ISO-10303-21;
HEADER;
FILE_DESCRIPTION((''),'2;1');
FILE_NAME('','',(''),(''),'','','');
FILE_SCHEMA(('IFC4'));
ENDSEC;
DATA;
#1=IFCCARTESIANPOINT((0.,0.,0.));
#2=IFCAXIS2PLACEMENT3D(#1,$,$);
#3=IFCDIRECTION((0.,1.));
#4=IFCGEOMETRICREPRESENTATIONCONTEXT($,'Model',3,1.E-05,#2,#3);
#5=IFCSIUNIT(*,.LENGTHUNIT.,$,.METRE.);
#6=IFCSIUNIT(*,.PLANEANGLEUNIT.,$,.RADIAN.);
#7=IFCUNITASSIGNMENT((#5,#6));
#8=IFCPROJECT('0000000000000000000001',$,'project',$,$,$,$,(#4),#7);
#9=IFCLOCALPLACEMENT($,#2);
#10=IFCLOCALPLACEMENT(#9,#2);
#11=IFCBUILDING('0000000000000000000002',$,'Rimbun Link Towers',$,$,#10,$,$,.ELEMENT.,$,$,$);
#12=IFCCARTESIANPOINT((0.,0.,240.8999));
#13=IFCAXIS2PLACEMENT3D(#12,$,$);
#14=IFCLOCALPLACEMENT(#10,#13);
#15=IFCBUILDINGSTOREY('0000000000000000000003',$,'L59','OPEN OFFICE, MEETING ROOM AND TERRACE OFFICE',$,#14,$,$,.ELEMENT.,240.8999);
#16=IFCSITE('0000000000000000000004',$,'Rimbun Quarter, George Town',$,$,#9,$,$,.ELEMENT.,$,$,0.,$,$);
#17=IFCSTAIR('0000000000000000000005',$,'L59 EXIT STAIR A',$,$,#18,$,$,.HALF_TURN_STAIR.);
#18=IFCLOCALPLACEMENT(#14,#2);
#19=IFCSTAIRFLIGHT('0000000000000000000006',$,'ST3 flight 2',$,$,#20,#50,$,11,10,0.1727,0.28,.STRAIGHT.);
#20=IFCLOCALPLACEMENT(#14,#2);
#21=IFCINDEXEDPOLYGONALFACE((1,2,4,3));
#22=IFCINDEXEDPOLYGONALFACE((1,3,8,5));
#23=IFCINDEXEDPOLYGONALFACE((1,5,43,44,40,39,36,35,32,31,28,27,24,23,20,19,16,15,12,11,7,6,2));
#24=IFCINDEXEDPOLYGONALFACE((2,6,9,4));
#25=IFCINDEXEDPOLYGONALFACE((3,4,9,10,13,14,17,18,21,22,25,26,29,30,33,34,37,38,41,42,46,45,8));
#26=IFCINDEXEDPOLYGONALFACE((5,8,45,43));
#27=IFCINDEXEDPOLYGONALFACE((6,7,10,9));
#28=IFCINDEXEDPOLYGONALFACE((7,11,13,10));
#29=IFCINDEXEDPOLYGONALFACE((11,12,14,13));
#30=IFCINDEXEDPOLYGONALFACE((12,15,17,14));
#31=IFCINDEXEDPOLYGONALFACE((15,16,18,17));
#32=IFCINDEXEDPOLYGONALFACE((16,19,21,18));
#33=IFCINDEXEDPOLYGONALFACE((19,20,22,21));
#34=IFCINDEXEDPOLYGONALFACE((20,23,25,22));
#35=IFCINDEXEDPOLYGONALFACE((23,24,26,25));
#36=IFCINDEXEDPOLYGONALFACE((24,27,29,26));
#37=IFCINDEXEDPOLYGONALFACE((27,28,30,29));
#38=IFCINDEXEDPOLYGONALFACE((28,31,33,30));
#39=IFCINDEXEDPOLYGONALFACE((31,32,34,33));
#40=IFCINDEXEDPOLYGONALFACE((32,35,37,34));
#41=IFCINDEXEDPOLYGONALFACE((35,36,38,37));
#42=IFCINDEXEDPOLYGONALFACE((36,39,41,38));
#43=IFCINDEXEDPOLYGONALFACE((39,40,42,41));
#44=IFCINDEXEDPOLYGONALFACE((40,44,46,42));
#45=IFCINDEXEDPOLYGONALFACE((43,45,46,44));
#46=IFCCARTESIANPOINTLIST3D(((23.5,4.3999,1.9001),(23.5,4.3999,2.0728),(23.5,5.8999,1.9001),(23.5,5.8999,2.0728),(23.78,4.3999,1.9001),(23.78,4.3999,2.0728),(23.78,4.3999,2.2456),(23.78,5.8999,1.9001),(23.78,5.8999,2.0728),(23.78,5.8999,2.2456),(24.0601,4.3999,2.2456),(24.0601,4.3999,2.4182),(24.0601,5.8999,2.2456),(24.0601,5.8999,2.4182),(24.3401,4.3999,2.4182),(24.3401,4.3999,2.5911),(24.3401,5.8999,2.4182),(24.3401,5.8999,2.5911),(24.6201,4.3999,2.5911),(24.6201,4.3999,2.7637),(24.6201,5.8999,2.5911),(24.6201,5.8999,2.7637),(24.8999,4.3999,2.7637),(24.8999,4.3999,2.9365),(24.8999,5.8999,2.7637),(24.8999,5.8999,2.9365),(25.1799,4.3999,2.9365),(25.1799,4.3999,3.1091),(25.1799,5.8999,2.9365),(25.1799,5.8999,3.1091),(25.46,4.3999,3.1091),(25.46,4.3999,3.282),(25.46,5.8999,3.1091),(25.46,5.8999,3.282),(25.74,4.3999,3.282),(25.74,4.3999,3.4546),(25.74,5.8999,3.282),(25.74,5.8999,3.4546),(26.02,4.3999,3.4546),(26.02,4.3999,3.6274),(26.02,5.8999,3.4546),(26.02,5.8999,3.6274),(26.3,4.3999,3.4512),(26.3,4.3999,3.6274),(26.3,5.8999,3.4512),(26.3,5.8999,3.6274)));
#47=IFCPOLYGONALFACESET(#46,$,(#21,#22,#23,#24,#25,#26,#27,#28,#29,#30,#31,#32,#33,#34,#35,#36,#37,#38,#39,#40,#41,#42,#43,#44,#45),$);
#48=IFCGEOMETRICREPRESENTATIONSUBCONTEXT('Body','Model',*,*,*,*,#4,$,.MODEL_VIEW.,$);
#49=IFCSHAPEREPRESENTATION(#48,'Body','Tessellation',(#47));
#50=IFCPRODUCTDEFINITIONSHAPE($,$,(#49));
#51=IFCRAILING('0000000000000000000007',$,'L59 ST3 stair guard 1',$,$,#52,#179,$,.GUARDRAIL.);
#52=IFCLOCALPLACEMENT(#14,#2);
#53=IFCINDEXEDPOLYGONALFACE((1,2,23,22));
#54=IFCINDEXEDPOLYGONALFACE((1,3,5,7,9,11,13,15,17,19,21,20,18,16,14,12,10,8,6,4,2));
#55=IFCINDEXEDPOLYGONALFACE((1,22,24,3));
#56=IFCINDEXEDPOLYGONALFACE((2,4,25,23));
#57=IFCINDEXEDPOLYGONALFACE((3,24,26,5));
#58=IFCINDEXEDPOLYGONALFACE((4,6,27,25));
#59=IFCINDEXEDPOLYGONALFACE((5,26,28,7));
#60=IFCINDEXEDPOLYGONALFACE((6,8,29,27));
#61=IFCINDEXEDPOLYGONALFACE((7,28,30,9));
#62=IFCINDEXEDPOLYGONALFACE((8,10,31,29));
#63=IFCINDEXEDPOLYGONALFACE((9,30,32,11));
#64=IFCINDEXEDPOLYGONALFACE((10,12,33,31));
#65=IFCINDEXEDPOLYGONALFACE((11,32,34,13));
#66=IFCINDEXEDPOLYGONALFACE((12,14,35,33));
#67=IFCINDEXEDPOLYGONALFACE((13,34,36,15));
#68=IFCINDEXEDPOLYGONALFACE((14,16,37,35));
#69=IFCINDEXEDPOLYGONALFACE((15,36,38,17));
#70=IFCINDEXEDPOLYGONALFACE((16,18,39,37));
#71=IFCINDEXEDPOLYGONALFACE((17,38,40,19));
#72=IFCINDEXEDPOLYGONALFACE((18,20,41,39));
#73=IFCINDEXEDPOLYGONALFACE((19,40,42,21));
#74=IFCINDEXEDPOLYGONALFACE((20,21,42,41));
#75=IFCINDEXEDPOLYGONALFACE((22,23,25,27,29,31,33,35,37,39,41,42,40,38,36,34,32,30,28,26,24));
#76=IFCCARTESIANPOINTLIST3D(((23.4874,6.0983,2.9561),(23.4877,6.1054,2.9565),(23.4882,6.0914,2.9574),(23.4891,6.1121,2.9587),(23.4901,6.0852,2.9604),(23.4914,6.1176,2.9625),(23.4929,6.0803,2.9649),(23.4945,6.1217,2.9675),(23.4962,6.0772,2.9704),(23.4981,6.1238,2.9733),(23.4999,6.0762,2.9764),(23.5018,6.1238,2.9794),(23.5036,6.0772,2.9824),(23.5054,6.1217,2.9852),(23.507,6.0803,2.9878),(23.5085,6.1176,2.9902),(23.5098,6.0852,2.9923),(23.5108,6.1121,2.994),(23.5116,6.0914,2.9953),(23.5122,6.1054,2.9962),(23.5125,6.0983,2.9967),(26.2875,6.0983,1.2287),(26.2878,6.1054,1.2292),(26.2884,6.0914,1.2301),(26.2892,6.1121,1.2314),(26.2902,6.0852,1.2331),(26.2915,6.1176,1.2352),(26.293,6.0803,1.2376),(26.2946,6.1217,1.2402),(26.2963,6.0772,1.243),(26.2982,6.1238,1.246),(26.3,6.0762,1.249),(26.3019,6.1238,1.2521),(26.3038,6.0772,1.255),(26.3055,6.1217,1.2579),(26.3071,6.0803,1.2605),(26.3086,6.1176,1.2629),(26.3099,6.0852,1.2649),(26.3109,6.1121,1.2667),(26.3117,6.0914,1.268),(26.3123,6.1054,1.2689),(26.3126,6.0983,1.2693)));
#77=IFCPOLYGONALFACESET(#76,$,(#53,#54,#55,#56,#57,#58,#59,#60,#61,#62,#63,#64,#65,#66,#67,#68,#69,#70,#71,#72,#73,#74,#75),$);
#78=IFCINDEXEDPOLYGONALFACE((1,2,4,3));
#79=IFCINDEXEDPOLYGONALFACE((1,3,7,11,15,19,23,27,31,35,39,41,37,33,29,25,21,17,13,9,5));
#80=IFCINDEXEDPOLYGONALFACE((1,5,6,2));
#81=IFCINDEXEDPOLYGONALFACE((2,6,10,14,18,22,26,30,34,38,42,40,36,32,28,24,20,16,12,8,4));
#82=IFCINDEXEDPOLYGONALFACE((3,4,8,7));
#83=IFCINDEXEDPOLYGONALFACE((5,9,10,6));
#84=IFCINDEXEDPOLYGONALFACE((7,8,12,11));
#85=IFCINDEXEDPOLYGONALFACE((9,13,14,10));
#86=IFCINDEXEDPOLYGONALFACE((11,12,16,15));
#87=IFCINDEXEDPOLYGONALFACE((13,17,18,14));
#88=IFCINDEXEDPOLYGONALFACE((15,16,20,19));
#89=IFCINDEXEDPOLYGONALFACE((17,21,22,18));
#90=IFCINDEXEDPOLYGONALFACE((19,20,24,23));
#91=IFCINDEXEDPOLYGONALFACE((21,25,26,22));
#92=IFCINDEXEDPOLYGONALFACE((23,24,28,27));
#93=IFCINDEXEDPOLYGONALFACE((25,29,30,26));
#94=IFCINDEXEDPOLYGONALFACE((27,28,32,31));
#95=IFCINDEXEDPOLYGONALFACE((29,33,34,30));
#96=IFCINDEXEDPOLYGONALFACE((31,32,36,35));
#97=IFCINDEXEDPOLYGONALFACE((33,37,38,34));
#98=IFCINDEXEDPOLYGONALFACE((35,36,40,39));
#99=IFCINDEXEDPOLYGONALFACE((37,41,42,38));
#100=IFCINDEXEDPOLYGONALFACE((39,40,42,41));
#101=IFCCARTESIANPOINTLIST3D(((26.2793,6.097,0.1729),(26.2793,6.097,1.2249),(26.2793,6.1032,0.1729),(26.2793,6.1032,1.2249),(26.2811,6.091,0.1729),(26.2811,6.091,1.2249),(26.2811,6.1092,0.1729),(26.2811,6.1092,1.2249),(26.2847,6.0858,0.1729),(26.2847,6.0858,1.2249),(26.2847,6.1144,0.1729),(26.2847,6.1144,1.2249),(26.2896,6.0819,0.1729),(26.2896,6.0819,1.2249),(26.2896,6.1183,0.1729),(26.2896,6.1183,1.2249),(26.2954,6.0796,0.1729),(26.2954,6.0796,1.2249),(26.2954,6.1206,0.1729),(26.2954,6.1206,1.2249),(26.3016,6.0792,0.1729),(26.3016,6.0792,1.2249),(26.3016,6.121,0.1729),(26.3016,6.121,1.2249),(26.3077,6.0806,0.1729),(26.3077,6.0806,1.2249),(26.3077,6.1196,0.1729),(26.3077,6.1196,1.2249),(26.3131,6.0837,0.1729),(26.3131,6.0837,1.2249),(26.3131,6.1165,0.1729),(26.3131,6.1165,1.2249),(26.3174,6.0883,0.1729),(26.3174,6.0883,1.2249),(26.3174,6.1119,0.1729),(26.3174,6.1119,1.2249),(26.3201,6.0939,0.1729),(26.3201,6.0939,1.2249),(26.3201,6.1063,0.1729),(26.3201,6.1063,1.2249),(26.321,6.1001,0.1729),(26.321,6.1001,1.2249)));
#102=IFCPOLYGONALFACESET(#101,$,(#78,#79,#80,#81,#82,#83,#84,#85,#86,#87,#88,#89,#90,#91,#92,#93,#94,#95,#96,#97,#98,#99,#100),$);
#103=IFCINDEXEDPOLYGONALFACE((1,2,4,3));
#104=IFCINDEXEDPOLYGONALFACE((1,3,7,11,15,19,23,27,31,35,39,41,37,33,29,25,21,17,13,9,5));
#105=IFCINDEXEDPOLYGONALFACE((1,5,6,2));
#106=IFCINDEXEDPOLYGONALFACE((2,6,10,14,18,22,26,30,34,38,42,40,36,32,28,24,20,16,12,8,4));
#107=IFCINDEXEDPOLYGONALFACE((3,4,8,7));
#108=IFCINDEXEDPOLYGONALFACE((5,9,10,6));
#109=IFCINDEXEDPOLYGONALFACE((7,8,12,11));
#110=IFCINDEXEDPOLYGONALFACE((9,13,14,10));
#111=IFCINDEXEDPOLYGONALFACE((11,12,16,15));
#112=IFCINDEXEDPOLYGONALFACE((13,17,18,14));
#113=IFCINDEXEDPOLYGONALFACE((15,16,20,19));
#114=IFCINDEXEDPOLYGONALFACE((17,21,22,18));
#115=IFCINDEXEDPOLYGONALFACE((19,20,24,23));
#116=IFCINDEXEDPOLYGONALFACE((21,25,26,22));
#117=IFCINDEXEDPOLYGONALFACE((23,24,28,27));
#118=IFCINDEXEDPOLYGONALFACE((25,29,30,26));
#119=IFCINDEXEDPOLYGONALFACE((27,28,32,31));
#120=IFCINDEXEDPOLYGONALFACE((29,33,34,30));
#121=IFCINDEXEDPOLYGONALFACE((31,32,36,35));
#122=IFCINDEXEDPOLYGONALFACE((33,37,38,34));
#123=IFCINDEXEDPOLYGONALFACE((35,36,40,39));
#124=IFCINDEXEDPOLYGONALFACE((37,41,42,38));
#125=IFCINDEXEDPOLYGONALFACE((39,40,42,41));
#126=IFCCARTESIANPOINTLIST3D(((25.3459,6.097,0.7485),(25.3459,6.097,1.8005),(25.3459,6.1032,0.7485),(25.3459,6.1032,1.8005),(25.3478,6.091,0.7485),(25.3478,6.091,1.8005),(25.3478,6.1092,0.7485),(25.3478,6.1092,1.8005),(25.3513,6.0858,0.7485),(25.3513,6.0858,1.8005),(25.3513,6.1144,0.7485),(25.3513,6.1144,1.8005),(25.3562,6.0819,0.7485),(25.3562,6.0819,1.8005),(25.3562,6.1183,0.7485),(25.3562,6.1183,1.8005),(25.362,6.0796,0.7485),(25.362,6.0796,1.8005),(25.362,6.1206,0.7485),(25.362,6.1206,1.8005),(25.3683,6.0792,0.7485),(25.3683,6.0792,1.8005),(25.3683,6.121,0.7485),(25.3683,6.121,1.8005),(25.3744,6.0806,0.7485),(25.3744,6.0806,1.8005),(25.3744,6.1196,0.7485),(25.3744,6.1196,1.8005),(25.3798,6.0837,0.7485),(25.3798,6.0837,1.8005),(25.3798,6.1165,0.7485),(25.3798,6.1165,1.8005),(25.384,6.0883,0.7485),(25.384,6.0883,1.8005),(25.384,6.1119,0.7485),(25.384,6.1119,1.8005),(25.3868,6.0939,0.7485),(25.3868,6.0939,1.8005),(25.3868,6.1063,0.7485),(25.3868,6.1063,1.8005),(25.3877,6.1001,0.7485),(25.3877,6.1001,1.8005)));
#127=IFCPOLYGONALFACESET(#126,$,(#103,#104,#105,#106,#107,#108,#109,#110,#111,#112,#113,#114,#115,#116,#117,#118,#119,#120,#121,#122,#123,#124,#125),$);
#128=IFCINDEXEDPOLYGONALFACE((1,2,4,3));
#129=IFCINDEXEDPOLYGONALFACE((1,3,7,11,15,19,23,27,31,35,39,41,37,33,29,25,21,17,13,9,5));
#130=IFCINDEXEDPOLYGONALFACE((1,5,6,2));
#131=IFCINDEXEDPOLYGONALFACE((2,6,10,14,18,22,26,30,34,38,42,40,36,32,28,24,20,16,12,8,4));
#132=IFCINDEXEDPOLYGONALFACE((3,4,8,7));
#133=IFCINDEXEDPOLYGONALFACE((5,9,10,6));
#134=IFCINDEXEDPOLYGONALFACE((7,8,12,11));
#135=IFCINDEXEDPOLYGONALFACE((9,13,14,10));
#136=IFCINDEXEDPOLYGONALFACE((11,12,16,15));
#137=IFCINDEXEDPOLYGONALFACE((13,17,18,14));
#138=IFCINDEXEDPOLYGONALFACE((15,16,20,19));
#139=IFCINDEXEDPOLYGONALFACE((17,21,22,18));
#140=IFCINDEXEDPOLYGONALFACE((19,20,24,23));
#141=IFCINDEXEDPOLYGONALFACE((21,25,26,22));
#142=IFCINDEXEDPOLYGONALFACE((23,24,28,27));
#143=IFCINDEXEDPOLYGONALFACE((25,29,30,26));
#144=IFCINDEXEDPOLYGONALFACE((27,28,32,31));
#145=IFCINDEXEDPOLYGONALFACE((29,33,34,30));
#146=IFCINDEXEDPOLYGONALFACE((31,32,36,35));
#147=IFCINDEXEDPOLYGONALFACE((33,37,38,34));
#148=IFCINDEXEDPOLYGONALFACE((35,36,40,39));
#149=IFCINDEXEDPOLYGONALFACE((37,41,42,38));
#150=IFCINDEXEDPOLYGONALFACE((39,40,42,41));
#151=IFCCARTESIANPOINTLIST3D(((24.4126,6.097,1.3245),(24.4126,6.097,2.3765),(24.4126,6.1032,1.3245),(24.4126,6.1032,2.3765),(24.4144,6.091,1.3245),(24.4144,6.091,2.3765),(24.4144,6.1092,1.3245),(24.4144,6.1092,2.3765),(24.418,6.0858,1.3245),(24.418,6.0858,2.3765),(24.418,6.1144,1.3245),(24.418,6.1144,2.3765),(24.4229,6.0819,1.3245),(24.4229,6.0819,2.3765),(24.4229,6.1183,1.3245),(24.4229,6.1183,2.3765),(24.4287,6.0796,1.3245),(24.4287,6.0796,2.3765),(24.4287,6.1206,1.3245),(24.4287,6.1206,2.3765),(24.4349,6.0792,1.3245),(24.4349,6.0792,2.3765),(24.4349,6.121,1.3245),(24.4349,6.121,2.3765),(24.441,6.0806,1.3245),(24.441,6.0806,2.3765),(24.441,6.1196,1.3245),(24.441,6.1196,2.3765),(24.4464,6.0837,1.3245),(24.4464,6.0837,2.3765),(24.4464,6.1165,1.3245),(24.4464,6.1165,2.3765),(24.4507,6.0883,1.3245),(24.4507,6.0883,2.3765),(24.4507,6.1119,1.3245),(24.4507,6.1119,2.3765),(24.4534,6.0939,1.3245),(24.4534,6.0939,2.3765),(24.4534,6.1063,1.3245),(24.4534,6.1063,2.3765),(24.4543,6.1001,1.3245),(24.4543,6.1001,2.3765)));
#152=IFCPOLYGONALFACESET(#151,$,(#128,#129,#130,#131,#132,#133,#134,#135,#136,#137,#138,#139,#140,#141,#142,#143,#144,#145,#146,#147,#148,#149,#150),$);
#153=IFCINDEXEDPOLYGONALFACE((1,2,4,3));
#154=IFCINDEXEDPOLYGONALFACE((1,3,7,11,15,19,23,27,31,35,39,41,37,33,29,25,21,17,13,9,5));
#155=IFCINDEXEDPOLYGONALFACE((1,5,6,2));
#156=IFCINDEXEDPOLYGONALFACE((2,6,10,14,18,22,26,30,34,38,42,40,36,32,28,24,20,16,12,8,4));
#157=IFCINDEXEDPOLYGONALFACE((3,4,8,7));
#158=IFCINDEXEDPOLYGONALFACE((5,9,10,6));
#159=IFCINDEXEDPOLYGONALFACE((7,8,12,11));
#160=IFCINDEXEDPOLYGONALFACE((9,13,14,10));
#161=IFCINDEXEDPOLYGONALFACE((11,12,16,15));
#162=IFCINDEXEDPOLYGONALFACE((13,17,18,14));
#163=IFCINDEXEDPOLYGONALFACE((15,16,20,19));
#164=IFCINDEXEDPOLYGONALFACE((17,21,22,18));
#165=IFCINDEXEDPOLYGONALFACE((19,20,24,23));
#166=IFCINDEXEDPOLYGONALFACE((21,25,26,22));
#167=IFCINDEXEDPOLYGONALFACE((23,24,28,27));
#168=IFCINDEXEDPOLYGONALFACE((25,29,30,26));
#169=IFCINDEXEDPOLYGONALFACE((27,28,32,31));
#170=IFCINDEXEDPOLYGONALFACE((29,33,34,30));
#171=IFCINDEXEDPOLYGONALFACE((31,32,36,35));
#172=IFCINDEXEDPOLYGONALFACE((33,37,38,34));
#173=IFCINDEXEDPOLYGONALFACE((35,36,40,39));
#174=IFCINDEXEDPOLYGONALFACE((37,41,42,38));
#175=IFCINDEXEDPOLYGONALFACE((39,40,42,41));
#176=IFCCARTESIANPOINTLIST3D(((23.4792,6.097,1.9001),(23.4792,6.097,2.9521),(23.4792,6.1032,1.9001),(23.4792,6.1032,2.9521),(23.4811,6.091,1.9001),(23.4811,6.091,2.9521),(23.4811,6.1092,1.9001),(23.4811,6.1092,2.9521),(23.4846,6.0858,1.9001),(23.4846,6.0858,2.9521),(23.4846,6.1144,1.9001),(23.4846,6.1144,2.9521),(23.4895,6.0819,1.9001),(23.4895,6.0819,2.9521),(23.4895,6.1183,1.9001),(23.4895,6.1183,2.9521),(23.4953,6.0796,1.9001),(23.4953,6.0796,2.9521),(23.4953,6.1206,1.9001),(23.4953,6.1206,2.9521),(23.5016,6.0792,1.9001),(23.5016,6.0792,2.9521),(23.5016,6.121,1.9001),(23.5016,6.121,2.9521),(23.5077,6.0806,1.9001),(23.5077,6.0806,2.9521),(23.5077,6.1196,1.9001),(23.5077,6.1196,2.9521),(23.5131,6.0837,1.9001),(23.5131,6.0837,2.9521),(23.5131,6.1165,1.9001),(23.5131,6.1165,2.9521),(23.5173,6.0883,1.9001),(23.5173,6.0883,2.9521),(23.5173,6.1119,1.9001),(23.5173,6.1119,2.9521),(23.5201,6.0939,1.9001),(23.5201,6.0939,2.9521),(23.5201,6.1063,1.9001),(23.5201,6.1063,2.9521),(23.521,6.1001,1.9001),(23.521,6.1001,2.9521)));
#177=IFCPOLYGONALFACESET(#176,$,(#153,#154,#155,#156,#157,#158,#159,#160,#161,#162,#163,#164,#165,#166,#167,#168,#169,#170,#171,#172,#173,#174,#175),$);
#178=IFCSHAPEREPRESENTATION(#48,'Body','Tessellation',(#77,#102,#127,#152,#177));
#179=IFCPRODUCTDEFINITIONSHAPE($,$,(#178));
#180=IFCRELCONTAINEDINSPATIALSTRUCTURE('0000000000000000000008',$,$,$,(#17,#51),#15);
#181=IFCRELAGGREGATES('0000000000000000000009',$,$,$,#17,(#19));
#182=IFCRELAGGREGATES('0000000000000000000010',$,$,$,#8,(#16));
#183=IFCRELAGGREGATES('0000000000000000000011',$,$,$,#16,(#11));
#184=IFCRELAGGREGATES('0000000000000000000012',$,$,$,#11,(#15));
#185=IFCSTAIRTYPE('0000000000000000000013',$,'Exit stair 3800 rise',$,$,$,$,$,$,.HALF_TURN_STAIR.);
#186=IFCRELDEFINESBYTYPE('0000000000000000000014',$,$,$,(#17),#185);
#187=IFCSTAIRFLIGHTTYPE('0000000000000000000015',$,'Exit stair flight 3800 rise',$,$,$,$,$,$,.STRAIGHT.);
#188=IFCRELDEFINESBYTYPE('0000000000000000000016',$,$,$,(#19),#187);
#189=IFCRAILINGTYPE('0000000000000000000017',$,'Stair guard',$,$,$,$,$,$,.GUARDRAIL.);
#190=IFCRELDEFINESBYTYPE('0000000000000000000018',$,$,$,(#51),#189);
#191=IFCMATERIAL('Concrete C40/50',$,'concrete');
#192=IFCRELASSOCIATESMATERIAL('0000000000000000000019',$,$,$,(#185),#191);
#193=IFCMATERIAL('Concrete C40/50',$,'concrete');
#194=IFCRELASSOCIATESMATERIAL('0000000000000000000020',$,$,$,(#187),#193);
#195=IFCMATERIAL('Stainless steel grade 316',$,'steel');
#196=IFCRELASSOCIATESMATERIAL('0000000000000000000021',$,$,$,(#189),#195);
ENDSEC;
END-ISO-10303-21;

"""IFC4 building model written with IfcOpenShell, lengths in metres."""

from ifc_helpers import new_model, si_unit, direction, frame, origin, origin_2d, place, context, subcontext, project, spatial, polyline, circle, outline, extrude, material, type_object, element, aggregate, save


model = new_model("IFC4")

# Units and contexts
model_context = context("Model", 3, precision=1e-05, world=origin(), true_north=direction((0.0, 1.0)))
body_context = subcontext(model_context, "Body", "Model", "MODEL_VIEW")
ifc_project = project(units=[si_unit("LENGTHUNIT", "METRE"), si_unit("PLANEANGLEUNIT", "RADIAN")], contexts=[model_context])

# Site, building, storey
site_placement = place(None, origin())
site = spatial("IfcSite", under=ifc_project, at=site_placement, Name="Rimbun Quarter, George Town", CompositionType="ELEMENT", RefElevation=0.0)
building_placement = place(site_placement, origin())
building = spatial("IfcBuilding", under=site, at=building_placement, Name="Rimbun Link Towers", CompositionType="ELEMENT")
storey_placement = place(building_placement, frame((0.0, 0.0, 240.8999)))
storey = spatial("IfcBuildingStorey", under=building, at=storey_placement, Name="L59", Description="OPEN OFFICE, MEETING ROOM AND TERRACE OFFICE", CompositionType="ELEMENT", Elevation=240.8999)

# Stair, stair flight
ifc_material_1 = material(Name="Concrete C40/50", Category="concrete")
stair_type = type_object("IfcStairType", Name="Exit stair 3800 rise", PredefinedType="HALF_TURN_STAIR", material=ifc_material_1)
stair_placement = place(storey_placement, origin())
stair = element("IfcStair", 1, at=stair_placement, inside=storey, type_object=stair_type, Name="L59 EXIT STAIR A", PredefinedType="HALF_TURN_STAIR")
ifc_material_2 = material(Name="Concrete C40/50", Category="concrete")
stair_flight_type = type_object("IfcStairFlightType", Name="Exit stair flight 3800 rise", PredefinedType="STRAIGHT", material=ifc_material_2)
stair_flight_1_placement = place(storey_placement, frame((23.5, 5.1499, 1.9001), z_axis=(0.0, 0.0, 1.0), x_axis=(1.0, 0.0, 0.0)))
stair_flight_1 = element("IfcStairFlight", 2, at=stair_flight_1_placement, type_object=stair_flight_type, Name="ST3 flight 2", NumberOfRisers=11, NumberOfTreads=10, PredefinedType="STRAIGHT", RiserHeight=0.1727, TreadLength=0.28, context=body_context, shape_type="SweptSolid", body=[
    extrude(outline(polyline([(0.0, 0.0), (0.0, 0.1726), (0.28, 0.1726), (0.28, 0.3455), (0.5601, 0.3455), (0.5601, 0.5181), (0.8401, 0.5181), (0.8401, 0.6909), (1.1201, 0.6909), (1.1201, 0.8635), (1.3999, 0.8635), (1.3999, 1.0364), (1.6799, 1.0364), (1.6799, 1.209), (1.96, 1.209), (1.96, 1.3818), (2.24, 1.3818), (2.24, 1.5544), (2.52, 1.5544), (2.52, 1.7273), (2.8, 1.7273), (2.8, 1.8999), (2.8, 1.551), (0.28, 0.0), (0.0, 0.0)])), frame((0.0, 0.75, 0.0), z_axis=(0.0, -1.0, 0.0), x_axis=(1.0, 0.0, 0.0)), (0.0, 0.0, 1.0), 1.5),
])
aggregate(stair, [stair_flight_1])

# Railing
ifc_material_3 = material(Name="Stainless steel grade 316", Category="steel")
railing_type_1 = type_object("IfcRailingType", Name="Stair guard", PredefinedType="GUARDRAIL", material=ifc_material_3)
railing_1_placement = place(storey_placement, frame((26.3, 6.1001, 0.1729)))
element("IfcRailing", 3, at=railing_1_placement, inside=storey, type_object=railing_type_1, Name="L59 ST3 stair guard 1", PredefinedType="GUARDRAIL", context=body_context, shape_type="SweptSolid", body=[
    extrude(circle(Radius=0.0239, at=origin_2d()), frame((0.0, 0.0, 1.0762), z_axis=(-0.85109, 0.0, 0.52502), x_axis=(0.0, -1.0, 0.0)), (0.0, 0.0, 1.0), 3.29),
    extrude(circle(Radius=0.021, at=origin_2d()), origin(), (0.0, 0.0, 1.0), 1.052),
    extrude(circle(Radius=0.021, at=origin_2d()), frame((-0.9333, 0.0, 0.5757)), (0.0, 0.0, 1.0), 1.052),
    extrude(circle(Radius=0.021, at=origin_2d()), frame((-1.8667, 0.0, 1.1516)), (0.0, 0.0, 1.0), 1.052),
    extrude(circle(Radius=0.021, at=origin_2d()), frame((-2.8, 0.0, 1.7273)), (0.0, 0.0, 1.0), 1.052),
])

save(model, "model.ifc")
